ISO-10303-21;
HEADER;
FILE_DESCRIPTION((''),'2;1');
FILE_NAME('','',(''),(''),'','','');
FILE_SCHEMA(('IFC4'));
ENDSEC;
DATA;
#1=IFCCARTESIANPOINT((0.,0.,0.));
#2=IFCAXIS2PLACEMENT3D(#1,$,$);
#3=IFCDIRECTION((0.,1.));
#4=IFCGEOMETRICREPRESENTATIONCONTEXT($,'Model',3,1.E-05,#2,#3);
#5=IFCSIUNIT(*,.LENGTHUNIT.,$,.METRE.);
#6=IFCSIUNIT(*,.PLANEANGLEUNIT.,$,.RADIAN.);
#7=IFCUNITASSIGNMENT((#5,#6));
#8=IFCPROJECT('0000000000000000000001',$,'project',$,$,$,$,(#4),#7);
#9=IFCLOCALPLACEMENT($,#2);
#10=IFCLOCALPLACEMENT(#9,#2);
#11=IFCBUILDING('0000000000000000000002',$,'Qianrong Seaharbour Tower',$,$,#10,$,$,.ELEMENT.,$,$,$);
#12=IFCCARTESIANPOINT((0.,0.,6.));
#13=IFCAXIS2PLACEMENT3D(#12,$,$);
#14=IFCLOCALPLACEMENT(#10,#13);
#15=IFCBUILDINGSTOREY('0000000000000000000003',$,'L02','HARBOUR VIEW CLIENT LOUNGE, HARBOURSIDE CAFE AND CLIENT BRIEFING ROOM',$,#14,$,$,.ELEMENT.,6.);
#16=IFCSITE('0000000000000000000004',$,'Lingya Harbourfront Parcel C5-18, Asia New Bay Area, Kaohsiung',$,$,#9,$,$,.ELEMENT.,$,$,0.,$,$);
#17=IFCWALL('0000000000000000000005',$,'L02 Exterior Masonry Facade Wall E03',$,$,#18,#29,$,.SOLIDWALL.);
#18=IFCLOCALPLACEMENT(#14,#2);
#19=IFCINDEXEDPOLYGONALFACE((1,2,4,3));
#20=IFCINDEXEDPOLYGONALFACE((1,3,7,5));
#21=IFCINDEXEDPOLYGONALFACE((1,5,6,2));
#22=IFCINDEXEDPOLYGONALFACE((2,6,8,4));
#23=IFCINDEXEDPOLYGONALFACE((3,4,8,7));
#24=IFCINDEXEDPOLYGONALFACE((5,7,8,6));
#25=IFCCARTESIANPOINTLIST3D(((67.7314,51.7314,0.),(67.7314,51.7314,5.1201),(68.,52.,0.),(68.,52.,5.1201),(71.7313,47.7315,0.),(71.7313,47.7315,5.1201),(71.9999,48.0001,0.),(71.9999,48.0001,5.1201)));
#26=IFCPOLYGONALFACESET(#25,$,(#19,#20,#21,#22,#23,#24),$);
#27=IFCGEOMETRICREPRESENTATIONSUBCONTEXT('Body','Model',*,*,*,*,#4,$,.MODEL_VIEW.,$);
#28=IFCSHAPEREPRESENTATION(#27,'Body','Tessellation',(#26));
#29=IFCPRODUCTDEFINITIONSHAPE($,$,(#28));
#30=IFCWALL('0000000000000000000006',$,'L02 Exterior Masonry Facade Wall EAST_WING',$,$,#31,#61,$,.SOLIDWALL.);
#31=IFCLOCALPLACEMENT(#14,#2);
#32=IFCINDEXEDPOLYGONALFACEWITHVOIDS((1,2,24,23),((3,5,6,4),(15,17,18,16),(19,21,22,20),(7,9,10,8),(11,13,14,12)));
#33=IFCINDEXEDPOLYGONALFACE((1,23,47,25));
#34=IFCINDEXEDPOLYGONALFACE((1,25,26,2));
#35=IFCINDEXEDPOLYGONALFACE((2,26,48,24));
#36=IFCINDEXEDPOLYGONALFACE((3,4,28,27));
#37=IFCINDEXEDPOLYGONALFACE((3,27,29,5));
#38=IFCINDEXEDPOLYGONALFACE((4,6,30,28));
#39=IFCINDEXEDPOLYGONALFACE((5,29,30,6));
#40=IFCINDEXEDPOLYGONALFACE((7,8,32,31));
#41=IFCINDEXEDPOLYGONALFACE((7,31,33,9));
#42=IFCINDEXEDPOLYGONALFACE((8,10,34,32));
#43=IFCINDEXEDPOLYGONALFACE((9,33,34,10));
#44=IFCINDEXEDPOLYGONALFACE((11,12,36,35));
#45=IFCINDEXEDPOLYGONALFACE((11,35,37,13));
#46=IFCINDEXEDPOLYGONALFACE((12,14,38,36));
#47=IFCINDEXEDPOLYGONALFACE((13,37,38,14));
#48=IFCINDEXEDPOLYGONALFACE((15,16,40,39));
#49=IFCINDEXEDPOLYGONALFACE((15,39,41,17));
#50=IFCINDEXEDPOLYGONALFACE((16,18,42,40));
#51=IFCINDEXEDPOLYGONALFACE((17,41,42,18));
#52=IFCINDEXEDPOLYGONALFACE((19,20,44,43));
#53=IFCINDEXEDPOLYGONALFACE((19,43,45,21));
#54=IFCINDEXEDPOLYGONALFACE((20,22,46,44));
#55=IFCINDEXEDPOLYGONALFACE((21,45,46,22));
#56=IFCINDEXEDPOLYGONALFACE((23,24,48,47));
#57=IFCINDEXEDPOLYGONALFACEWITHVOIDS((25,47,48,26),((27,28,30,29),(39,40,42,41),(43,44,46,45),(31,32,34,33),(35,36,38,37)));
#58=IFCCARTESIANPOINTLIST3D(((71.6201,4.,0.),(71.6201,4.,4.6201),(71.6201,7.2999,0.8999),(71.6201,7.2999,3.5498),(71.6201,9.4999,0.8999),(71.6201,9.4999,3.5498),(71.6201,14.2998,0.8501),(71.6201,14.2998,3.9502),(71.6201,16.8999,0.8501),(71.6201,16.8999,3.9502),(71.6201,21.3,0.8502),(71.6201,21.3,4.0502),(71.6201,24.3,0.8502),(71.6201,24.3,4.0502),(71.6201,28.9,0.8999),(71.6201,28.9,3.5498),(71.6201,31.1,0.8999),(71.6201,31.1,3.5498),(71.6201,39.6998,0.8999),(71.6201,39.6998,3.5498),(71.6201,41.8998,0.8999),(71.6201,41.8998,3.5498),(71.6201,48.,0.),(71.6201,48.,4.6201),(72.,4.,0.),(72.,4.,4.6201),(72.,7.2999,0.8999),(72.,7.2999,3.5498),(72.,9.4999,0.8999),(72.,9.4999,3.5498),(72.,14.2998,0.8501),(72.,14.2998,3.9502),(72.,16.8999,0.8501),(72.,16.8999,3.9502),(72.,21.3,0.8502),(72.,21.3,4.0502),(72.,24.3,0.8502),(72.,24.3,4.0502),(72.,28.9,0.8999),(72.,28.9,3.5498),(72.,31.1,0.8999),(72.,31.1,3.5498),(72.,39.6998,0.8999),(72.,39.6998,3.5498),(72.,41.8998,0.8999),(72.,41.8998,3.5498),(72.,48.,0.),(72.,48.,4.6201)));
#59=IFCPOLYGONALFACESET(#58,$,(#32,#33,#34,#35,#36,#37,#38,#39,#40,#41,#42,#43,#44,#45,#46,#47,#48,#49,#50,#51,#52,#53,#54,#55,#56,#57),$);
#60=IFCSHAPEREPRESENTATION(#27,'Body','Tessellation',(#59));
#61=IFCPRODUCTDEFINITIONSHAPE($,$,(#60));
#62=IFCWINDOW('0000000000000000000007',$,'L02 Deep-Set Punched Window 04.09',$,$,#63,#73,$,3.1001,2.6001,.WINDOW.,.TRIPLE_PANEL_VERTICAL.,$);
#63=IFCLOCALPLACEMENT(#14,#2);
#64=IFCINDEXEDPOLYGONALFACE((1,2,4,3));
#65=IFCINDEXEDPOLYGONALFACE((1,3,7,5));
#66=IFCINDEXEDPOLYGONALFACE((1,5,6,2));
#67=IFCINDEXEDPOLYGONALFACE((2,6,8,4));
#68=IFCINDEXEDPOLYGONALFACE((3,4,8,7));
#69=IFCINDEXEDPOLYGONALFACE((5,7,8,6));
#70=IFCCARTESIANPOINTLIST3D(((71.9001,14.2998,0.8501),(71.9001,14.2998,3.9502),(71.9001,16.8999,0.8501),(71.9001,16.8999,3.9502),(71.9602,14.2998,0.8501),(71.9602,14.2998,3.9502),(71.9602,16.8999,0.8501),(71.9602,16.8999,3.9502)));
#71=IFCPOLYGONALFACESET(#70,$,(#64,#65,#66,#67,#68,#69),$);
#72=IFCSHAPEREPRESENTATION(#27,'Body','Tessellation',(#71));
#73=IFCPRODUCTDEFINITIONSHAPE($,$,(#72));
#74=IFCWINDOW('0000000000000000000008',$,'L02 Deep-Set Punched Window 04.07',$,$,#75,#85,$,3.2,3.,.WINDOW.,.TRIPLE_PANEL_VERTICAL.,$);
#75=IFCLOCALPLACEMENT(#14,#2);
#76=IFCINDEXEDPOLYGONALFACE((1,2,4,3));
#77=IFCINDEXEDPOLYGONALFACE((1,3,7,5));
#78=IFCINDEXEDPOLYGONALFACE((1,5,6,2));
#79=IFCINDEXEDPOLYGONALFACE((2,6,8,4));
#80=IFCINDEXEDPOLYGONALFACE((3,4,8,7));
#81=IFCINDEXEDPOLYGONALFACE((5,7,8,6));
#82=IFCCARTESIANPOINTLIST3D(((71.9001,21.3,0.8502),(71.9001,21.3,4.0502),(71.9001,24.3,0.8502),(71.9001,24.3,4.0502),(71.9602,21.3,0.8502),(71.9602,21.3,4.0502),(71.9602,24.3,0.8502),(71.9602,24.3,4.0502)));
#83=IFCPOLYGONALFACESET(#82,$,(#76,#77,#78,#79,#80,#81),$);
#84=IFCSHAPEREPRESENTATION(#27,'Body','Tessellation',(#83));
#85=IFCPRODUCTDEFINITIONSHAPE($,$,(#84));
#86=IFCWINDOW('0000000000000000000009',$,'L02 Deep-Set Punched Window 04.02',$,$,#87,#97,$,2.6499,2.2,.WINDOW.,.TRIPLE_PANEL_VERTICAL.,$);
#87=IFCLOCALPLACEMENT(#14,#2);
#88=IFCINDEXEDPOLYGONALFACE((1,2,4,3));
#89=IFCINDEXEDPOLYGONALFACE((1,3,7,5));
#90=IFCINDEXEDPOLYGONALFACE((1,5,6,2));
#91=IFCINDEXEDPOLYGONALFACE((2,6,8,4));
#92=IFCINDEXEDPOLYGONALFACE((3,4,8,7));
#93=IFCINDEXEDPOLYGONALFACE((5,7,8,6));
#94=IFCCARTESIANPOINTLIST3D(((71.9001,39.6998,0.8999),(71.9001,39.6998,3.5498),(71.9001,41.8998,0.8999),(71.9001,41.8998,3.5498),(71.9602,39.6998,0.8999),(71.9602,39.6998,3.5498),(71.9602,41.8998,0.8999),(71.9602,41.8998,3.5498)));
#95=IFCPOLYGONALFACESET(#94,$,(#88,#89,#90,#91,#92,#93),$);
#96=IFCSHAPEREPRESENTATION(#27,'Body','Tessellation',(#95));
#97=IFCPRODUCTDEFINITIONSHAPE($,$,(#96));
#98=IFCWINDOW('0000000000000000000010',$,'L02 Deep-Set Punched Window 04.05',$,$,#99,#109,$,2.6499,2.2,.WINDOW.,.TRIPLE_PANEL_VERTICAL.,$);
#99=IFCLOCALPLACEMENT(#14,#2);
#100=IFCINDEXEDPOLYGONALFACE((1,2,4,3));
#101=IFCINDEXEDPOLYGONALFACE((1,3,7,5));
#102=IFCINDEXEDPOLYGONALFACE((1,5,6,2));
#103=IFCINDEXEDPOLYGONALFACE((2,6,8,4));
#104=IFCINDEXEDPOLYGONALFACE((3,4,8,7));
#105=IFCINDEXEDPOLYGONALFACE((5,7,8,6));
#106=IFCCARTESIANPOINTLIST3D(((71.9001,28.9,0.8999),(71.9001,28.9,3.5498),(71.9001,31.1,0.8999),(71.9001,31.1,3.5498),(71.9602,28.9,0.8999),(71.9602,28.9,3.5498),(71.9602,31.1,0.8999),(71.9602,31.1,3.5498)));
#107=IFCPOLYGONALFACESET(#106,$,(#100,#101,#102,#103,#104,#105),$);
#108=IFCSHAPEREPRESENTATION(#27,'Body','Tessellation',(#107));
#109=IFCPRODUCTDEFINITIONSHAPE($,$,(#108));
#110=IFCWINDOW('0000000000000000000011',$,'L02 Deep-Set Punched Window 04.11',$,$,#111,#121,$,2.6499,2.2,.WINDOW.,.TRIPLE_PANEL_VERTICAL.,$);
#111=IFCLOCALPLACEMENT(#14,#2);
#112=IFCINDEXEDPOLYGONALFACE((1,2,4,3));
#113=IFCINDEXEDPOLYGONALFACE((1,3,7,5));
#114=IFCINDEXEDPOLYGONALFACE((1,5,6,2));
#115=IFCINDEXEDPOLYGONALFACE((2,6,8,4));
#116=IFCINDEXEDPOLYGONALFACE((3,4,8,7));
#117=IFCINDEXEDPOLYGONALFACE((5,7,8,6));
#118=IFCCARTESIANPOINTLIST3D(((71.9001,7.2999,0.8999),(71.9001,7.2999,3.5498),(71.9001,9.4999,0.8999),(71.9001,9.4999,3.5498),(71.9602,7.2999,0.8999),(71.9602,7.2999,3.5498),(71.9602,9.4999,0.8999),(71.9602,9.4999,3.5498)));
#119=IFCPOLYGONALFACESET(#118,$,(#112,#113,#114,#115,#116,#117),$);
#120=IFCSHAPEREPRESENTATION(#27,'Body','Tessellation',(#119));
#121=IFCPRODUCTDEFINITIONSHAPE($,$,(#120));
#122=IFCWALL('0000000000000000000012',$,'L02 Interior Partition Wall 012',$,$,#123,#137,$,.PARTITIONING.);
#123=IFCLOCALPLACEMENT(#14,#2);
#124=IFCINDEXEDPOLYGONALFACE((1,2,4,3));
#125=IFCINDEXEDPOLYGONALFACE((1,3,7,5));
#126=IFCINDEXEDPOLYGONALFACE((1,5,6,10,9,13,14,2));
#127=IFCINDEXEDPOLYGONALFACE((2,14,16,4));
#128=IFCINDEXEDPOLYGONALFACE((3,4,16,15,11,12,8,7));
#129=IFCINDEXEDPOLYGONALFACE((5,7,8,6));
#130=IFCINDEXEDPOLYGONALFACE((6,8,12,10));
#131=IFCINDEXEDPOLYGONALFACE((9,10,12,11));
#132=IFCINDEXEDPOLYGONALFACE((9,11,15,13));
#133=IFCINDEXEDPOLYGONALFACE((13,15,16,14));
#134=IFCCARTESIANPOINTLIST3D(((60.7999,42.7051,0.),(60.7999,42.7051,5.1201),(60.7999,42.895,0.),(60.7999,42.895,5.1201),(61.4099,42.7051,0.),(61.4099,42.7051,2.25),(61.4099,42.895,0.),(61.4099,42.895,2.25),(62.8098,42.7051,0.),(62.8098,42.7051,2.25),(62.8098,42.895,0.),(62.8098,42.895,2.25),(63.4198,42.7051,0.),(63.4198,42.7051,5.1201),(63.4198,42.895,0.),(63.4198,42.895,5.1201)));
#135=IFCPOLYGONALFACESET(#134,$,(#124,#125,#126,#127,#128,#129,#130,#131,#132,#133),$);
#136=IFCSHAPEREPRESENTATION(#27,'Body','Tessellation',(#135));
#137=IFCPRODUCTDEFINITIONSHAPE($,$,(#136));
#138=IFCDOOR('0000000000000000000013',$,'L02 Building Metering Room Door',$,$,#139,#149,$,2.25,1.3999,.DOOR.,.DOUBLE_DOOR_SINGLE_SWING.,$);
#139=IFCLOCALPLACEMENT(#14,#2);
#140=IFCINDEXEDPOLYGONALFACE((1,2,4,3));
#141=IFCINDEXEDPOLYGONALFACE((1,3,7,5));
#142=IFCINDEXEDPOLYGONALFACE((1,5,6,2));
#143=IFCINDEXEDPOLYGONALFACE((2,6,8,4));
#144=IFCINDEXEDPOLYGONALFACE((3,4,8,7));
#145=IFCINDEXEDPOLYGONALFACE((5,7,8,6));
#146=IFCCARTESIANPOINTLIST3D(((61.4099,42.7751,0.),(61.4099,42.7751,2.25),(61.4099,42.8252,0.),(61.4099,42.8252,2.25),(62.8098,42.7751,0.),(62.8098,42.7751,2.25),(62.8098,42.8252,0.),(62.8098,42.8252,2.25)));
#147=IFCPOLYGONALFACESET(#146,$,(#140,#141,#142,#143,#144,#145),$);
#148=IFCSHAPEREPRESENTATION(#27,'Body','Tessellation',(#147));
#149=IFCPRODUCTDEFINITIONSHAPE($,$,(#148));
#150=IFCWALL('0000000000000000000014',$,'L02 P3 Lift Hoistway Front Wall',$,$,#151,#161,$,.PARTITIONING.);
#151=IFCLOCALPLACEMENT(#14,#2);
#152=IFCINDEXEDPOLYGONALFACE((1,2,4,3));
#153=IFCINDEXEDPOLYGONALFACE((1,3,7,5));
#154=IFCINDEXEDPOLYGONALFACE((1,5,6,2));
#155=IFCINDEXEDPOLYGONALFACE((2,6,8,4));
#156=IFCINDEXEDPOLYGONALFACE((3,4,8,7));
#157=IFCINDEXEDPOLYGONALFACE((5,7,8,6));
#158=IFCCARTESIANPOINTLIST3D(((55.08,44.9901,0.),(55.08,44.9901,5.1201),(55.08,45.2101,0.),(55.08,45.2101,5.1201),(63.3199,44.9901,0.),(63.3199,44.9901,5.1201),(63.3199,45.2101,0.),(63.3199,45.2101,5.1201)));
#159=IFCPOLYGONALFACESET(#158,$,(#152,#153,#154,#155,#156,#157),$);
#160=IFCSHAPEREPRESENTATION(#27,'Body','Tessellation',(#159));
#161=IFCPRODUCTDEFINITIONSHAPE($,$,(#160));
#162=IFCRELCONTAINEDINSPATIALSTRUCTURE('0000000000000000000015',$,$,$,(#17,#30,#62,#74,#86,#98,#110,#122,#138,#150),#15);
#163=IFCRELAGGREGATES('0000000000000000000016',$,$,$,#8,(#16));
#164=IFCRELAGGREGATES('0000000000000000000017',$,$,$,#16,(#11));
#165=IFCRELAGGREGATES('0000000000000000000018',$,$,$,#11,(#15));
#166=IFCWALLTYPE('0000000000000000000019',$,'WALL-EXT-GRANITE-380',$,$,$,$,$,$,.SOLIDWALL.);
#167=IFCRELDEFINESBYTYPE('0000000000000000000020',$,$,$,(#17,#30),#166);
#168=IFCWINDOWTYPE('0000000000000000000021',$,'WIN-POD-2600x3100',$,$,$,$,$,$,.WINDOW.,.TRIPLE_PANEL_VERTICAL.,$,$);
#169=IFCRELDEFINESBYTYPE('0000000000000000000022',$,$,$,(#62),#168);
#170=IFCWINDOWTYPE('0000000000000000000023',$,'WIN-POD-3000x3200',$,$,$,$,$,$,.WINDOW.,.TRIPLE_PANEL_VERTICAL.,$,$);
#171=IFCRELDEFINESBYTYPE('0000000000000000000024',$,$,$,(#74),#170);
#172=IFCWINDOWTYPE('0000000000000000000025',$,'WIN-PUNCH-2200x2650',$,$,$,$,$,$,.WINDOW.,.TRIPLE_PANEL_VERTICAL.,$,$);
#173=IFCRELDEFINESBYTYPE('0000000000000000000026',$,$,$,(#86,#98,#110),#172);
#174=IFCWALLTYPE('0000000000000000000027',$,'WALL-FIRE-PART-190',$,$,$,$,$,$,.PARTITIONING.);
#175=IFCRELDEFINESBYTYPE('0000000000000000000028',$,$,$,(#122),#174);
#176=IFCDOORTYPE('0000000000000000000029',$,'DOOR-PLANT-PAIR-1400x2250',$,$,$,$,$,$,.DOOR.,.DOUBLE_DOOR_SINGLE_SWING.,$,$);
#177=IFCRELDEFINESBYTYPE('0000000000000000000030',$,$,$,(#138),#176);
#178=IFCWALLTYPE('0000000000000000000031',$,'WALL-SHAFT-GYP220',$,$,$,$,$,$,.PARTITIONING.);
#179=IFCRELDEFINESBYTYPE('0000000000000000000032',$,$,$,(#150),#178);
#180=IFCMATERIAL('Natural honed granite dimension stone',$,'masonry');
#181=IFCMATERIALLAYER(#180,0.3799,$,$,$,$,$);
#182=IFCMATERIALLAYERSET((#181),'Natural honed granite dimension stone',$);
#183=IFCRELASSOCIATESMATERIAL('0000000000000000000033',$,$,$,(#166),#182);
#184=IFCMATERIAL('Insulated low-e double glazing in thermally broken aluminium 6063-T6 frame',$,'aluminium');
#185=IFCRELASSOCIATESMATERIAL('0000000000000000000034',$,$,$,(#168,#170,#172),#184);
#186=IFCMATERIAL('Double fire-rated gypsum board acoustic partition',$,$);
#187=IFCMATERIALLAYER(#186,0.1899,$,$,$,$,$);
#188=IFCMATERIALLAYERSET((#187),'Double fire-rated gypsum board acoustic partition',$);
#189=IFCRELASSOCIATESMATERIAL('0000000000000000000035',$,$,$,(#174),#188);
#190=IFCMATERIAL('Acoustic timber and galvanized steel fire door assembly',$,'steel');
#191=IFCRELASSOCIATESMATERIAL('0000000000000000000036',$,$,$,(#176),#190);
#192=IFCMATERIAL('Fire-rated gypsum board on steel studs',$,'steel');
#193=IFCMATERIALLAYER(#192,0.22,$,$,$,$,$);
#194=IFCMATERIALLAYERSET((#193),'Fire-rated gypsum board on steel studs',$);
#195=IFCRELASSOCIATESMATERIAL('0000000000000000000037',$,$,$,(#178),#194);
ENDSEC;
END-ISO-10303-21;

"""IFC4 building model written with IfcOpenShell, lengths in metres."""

from ifc_helpers import new_model, si_unit, direction, frame, frame_2d, origin, place, context, subcontext, project, spatial, rectangle, extrude, material, layer, layer_set, type_object, element, fill, save


model = new_model("IFC4")

# Units and contexts
model_context = context("Model", 3, precision=1e-05, world=origin(), true_north=direction((0.0, 1.0)))
body_context = subcontext(model_context, "Body", "Model", "MODEL_VIEW")
ifc_project = project(units=[si_unit("LENGTHUNIT", "METRE"), si_unit("PLANEANGLEUNIT", "RADIAN")], contexts=[model_context])

# Site, building, storey
site_placement = place(None, origin())
site = spatial("IfcSite", under=ifc_project, at=site_placement, Name="Lingya Harbourfront Parcel C5-18, Asia New Bay Area, Kaohsiung", CompositionType="ELEMENT", RefElevation=0.0)
building_placement = place(site_placement, origin())
building = spatial("IfcBuilding", under=site, at=building_placement, Name="Qianrong Seaharbour Tower", CompositionType="ELEMENT")
storey_placement = place(building_placement, frame((0.0, 0.0, 6.0)))
storey = spatial("IfcBuildingStorey", under=building, at=storey_placement, Name="L02", Description="HARBOUR VIEW CLIENT LOUNGE, HARBOURSIDE CAFE AND CLIENT BRIEFING ROOM", CompositionType="ELEMENT", Elevation=6.0)

# Wall
ifc_material_1 = material(Name="Natural honed granite dimension stone", Category="masonry")
ifc_layer_1 = layer(ifc_material_1, 0.3799)
ifc_layer_set_1 = layer_set([ifc_layer_1], Name="Natural honed granite dimension stone")
wall_type_1 = type_object("IfcWallType", Name="WALL-EXT-GRANITE-380", PredefinedType="SOLIDWALL", material=ifc_layer_set_1)
wall_1_placement = place(storey_placement, frame((67.8657, 51.8657, 0.0), z_axis=(0.0, 0.0, 1.0), x_axis=(0.707107, -0.707107, 0.0)))
element("IfcWall", 1, at=wall_1_placement, inside=storey, type_object=wall_type_1, Name="L02 Exterior Masonry Facade Wall E03", PredefinedType="SOLIDWALL", context=body_context, shape_type="SweptSolid", body=[
    extrude(rectangle(XDim=5.6567, YDim=0.3799, at=frame_2d((2.8284, 0.0))), origin(), (0.0, 0.0, 1.0), 5.1201),
])

# Wall, openings, windows
wall_2_placement = place(storey_placement, frame((71.8101, 48.0, 0.0), z_axis=(0.0, 0.0, 1.0), x_axis=(0.0, -1.0, 0.0)))
wall_2 = element("IfcWall", 2, at=wall_2_placement, inside=storey, type_object=wall_type_1, Name="L02 Exterior Masonry Facade Wall EAST_WING", PredefinedType="SOLIDWALL", context=body_context, shape_type="SweptSolid", body=[
    extrude(rectangle(XDim=44.0, YDim=0.3799, at=frame_2d((22.0, 0.0))), origin(), (0.0, 0.0, 1.0), 4.6201),
])
opening_1_placement = place(wall_2_placement, frame((6.1001, 0.0, 0.8999)))
opening_1 = element("IfcOpeningElement", 3, at=opening_1_placement, cuts=wall_2, PredefinedType="OPENING", context=body_context, shape_type="SweptSolid", body=[
    extrude(rectangle(XDim=2.2, YDim=2.6499, at=frame_2d((1.1001, 1.325))), frame((0.0, 0.2, 0.0), z_axis=(0.0, -1.0, 0.0), x_axis=(1.0, 0.0, 0.0)), (0.0, 0.0, 1.0), 0.3999),
])
opening_2_placement = place(wall_2_placement, frame((16.8999, 0.0, 0.8999)))
opening_2 = element("IfcOpeningElement", 4, at=opening_2_placement, cuts=wall_2, PredefinedType="OPENING", context=body_context, shape_type="SweptSolid", body=[
    extrude(rectangle(XDim=2.2, YDim=2.6499, at=frame_2d((1.1001, 1.325))), frame((0.0, 0.2, 0.0), z_axis=(0.0, -1.0, 0.0), x_axis=(1.0, 0.0, 0.0)), (0.0, 0.0, 1.0), 0.3999),
])
opening_3_placement = place(wall_2_placement, frame((23.7, 0.0, 0.8501)))
opening_3 = element("IfcOpeningElement", 5, at=opening_3_placement, cuts=wall_2, PredefinedType="OPENING", context=body_context, shape_type="SweptSolid", body=[
    extrude(rectangle(XDim=3.0, YDim=3.2, at=frame_2d((1.5, 1.6001))), frame((0.0, 0.2, 0.0), z_axis=(0.0, -1.0, 0.0), x_axis=(1.0, 0.0, 0.0)), (0.0, 0.0, 1.0), 0.3999),
])
opening_4_placement = place(wall_2_placement, frame((31.1001, 0.0, 0.8501)))
opening_4 = element("IfcOpeningElement", 6, at=opening_4_placement, cuts=wall_2, PredefinedType="OPENING", context=body_context, shape_type="SweptSolid", body=[
    extrude(rectangle(XDim=2.6001, YDim=3.1001, at=frame_2d((1.3, 1.55))), frame((0.0, 0.2, 0.0), z_axis=(0.0, -1.0, 0.0), x_axis=(1.0, 0.0, 0.0)), (0.0, 0.0, 1.0), 0.3999),
])
opening_5_placement = place(wall_2_placement, frame((38.5, 0.0, 0.8999)))
opening_5 = element("IfcOpeningElement", 7, at=opening_5_placement, cuts=wall_2, PredefinedType="OPENING", context=body_context, shape_type="SweptSolid", body=[
    extrude(rectangle(XDim=2.2, YDim=2.6499, at=frame_2d((1.1001, 1.325))), frame((0.0, 0.2, 0.0), z_axis=(0.0, -1.0, 0.0), x_axis=(1.0, 0.0, 0.0)), (0.0, 0.0, 1.0), 0.3999),
])
ifc_material_2 = material(Name="Insulated low-e double glazing in thermally broken aluminium 6063-T6 frame", Category="aluminium")
window_type_1 = type_object("IfcWindowType", Name="WIN-POD-2600x3100", PartitioningType="TRIPLE_PANEL_VERTICAL", PredefinedType="WINDOW", material=ifc_material_2)
window_1_placement = place(opening_4_placement, origin())
window_1 = element("IfcWindow", 8, at=window_1_placement, inside=storey, type_object=window_type_1, Name="L02 Deep-Set Punched Window 04.09", OverallHeight=3.1001, OverallWidth=2.6001, PartitioningType="TRIPLE_PANEL_VERTICAL", PredefinedType="WINDOW", context=body_context, shape_type="SweptSolid", body=[
    extrude(rectangle(XDim=2.6001, YDim=3.1001, at=frame_2d((1.3, 1.55))), frame((0.0, 0.1501, 0.0), z_axis=(0.0, -1.0, 0.0), x_axis=(1.0, 0.0, 0.0)), (0.0, 0.0, 1.0), 0.0601),
])
fill(opening_4, window_1)
window_type_2 = type_object("IfcWindowType", Name="WIN-POD-3000x3200", PartitioningType="TRIPLE_PANEL_VERTICAL", PredefinedType="WINDOW", material=ifc_material_2)
window_2_placement = place(opening_3_placement, origin())
window_2 = element("IfcWindow", 9, at=window_2_placement, inside=storey, type_object=window_type_2, Name="L02 Deep-Set Punched Window 04.07", OverallHeight=3.2, OverallWidth=3.0, PartitioningType="TRIPLE_PANEL_VERTICAL", PredefinedType="WINDOW", context=body_context, shape_type="SweptSolid", body=[
    extrude(rectangle(XDim=3.0, YDim=3.2, at=frame_2d((1.5, 1.6001))), frame((0.0, 0.1501, 0.0), z_axis=(0.0, -1.0, 0.0), x_axis=(1.0, 0.0, 0.0)), (0.0, 0.0, 1.0), 0.0601),
])
fill(opening_3, window_2)
window_type_3 = type_object("IfcWindowType", Name="WIN-PUNCH-2200x2650", PartitioningType="TRIPLE_PANEL_VERTICAL", PredefinedType="WINDOW", material=ifc_material_2)
window_3_placement = place(opening_1_placement, origin())
window_3 = element("IfcWindow", 10, at=window_3_placement, inside=storey, type_object=window_type_3, Name="L02 Deep-Set Punched Window 04.02", OverallHeight=2.6499, OverallWidth=2.2, PartitioningType="TRIPLE_PANEL_VERTICAL", PredefinedType="WINDOW", context=body_context, shape_type="SweptSolid", body=[
    extrude(rectangle(XDim=2.2, YDim=2.6499, at=frame_2d((1.1001, 1.325))), frame((0.0, 0.1501, 0.0), z_axis=(0.0, -1.0, 0.0), x_axis=(1.0, 0.0, 0.0)), (0.0, 0.0, 1.0), 0.0601),
])
fill(opening_1, window_3)
window_4_placement = place(opening_2_placement, origin())
window_4 = element("IfcWindow", 11, at=window_4_placement, inside=storey, type_object=window_type_3, Name="L02 Deep-Set Punched Window 04.05", OverallHeight=2.6499, OverallWidth=2.2, PartitioningType="TRIPLE_PANEL_VERTICAL", PredefinedType="WINDOW", context=body_context, shape_type="SweptSolid", body=[
    extrude(rectangle(XDim=2.2, YDim=2.6499, at=frame_2d((1.1001, 1.325))), frame((0.0, 0.1501, 0.0), z_axis=(0.0, -1.0, 0.0), x_axis=(1.0, 0.0, 0.0)), (0.0, 0.0, 1.0), 0.0601),
])
fill(opening_2, window_4)
window_5_placement = place(opening_5_placement, origin())
window_5 = element("IfcWindow", 12, at=window_5_placement, inside=storey, type_object=window_type_3, Name="L02 Deep-Set Punched Window 04.11", OverallHeight=2.6499, OverallWidth=2.2, PartitioningType="TRIPLE_PANEL_VERTICAL", PredefinedType="WINDOW", context=body_context, shape_type="SweptSolid", body=[
    extrude(rectangle(XDim=2.2, YDim=2.6499, at=frame_2d((1.1001, 1.325))), frame((0.0, 0.1501, 0.0), z_axis=(0.0, -1.0, 0.0), x_axis=(1.0, 0.0, 0.0)), (0.0, 0.0, 1.0), 0.0601),
])
fill(opening_5, window_5)

# Wall, opening, door
ifc_material_3 = material(Name="Double fire-rated gypsum board acoustic partition")
ifc_layer_2 = layer(ifc_material_3, 0.1899)
ifc_layer_set_2 = layer_set([ifc_layer_2], Name="Double fire-rated gypsum board acoustic partition")
wall_type_2 = type_object("IfcWallType", Name="WALL-FIRE-PART-190", PredefinedType="PARTITIONING", material=ifc_layer_set_2)
wall_3_placement = place(storey_placement, frame((63.4199, 42.8, 0.0), z_axis=(0.0, 0.0, 1.0), x_axis=(-1.0, 0.0, 0.0)))
wall_3 = element("IfcWall", 13, at=wall_3_placement, inside=storey, type_object=wall_type_2, Name="L02 Interior Partition Wall 012", PredefinedType="PARTITIONING", context=body_context, shape_type="SweptSolid", body=[
    extrude(rectangle(XDim=2.6199, YDim=0.1899, at=frame_2d((1.3101, 0.0))), origin(), (0.0, 0.0, 1.0), 5.1201),
])
opening_6_placement = place(wall_3_placement, frame((0.6101, 0.0, 0.0)))
opening_6 = element("IfcOpeningElement", 14, at=opening_6_placement, cuts=wall_3, PredefinedType="OPENING", context=body_context, shape_type="SweptSolid", body=[
    extrude(rectangle(XDim=1.3999, YDim=2.25, at=frame_2d((0.7, 1.125))), frame((0.0, 0.105, 0.0), z_axis=(0.0, -1.0, 0.0), x_axis=(1.0, 0.0, 0.0)), (0.0, 0.0, 1.0), 0.21),
])
ifc_material_4 = material(Name="Acoustic timber and galvanized steel fire door assembly", Category="steel")
door_type = type_object("IfcDoorType", Name="DOOR-PLANT-PAIR-1400x2250", OperationType="DOUBLE_DOOR_SINGLE_SWING", PredefinedType="DOOR", material=ifc_material_4)
door_placement = place(opening_6_placement, origin())
door = element("IfcDoor", 15, at=door_placement, inside=storey, type_object=door_type, Name="L02 Building Metering Room Door", OperationType="DOUBLE_DOOR_SINGLE_SWING", OverallHeight=2.25, OverallWidth=1.3999, PredefinedType="DOOR", context=body_context, shape_type="SweptSolid", body=[
    extrude(rectangle(XDim=1.3999, YDim=2.25, at=frame_2d((0.7, 1.125))), frame((0.0, 0.0249, 0.0), z_axis=(0.0, -1.0, 0.0), x_axis=(1.0, 0.0, 0.0)), (0.0, 0.0, 1.0), 0.05),
])
fill(opening_6, door)

# Wall
ifc_material_5 = material(Name="Fire-rated gypsum board on steel studs", Category="steel")
ifc_layer_3 = layer(ifc_material_5, 0.22)
ifc_layer_set_3 = layer_set([ifc_layer_3], Name="Fire-rated gypsum board on steel studs")
wall_type_3 = type_object("IfcWallType", Name="WALL-SHAFT-GYP220", PredefinedType="PARTITIONING", material=ifc_layer_set_3)
for number, where, z_axis, x_axis, name in (
    (16, (63.3201, 45.1001, 0.0), (0.0, 0.0, 1.0), (-1.0, 0.0, 0.0), "L02 P3 Lift Hoistway Front Wall"),
):
    element("IfcWall", number, at=place(storey_placement, frame(where, z_axis=z_axis, x_axis=x_axis)), inside=storey, type_object=wall_type_3, Name=name, PredefinedType="PARTITIONING", context=body_context, shape_type="SweptSolid", body=[
        extrude(rectangle(XDim=8.24, YDim=0.22, at=frame_2d((4.1201, 0.0))), origin(), (0.0, 0.0, 1.0), 5.1201),
    ])

save(model, "model.ifc")
